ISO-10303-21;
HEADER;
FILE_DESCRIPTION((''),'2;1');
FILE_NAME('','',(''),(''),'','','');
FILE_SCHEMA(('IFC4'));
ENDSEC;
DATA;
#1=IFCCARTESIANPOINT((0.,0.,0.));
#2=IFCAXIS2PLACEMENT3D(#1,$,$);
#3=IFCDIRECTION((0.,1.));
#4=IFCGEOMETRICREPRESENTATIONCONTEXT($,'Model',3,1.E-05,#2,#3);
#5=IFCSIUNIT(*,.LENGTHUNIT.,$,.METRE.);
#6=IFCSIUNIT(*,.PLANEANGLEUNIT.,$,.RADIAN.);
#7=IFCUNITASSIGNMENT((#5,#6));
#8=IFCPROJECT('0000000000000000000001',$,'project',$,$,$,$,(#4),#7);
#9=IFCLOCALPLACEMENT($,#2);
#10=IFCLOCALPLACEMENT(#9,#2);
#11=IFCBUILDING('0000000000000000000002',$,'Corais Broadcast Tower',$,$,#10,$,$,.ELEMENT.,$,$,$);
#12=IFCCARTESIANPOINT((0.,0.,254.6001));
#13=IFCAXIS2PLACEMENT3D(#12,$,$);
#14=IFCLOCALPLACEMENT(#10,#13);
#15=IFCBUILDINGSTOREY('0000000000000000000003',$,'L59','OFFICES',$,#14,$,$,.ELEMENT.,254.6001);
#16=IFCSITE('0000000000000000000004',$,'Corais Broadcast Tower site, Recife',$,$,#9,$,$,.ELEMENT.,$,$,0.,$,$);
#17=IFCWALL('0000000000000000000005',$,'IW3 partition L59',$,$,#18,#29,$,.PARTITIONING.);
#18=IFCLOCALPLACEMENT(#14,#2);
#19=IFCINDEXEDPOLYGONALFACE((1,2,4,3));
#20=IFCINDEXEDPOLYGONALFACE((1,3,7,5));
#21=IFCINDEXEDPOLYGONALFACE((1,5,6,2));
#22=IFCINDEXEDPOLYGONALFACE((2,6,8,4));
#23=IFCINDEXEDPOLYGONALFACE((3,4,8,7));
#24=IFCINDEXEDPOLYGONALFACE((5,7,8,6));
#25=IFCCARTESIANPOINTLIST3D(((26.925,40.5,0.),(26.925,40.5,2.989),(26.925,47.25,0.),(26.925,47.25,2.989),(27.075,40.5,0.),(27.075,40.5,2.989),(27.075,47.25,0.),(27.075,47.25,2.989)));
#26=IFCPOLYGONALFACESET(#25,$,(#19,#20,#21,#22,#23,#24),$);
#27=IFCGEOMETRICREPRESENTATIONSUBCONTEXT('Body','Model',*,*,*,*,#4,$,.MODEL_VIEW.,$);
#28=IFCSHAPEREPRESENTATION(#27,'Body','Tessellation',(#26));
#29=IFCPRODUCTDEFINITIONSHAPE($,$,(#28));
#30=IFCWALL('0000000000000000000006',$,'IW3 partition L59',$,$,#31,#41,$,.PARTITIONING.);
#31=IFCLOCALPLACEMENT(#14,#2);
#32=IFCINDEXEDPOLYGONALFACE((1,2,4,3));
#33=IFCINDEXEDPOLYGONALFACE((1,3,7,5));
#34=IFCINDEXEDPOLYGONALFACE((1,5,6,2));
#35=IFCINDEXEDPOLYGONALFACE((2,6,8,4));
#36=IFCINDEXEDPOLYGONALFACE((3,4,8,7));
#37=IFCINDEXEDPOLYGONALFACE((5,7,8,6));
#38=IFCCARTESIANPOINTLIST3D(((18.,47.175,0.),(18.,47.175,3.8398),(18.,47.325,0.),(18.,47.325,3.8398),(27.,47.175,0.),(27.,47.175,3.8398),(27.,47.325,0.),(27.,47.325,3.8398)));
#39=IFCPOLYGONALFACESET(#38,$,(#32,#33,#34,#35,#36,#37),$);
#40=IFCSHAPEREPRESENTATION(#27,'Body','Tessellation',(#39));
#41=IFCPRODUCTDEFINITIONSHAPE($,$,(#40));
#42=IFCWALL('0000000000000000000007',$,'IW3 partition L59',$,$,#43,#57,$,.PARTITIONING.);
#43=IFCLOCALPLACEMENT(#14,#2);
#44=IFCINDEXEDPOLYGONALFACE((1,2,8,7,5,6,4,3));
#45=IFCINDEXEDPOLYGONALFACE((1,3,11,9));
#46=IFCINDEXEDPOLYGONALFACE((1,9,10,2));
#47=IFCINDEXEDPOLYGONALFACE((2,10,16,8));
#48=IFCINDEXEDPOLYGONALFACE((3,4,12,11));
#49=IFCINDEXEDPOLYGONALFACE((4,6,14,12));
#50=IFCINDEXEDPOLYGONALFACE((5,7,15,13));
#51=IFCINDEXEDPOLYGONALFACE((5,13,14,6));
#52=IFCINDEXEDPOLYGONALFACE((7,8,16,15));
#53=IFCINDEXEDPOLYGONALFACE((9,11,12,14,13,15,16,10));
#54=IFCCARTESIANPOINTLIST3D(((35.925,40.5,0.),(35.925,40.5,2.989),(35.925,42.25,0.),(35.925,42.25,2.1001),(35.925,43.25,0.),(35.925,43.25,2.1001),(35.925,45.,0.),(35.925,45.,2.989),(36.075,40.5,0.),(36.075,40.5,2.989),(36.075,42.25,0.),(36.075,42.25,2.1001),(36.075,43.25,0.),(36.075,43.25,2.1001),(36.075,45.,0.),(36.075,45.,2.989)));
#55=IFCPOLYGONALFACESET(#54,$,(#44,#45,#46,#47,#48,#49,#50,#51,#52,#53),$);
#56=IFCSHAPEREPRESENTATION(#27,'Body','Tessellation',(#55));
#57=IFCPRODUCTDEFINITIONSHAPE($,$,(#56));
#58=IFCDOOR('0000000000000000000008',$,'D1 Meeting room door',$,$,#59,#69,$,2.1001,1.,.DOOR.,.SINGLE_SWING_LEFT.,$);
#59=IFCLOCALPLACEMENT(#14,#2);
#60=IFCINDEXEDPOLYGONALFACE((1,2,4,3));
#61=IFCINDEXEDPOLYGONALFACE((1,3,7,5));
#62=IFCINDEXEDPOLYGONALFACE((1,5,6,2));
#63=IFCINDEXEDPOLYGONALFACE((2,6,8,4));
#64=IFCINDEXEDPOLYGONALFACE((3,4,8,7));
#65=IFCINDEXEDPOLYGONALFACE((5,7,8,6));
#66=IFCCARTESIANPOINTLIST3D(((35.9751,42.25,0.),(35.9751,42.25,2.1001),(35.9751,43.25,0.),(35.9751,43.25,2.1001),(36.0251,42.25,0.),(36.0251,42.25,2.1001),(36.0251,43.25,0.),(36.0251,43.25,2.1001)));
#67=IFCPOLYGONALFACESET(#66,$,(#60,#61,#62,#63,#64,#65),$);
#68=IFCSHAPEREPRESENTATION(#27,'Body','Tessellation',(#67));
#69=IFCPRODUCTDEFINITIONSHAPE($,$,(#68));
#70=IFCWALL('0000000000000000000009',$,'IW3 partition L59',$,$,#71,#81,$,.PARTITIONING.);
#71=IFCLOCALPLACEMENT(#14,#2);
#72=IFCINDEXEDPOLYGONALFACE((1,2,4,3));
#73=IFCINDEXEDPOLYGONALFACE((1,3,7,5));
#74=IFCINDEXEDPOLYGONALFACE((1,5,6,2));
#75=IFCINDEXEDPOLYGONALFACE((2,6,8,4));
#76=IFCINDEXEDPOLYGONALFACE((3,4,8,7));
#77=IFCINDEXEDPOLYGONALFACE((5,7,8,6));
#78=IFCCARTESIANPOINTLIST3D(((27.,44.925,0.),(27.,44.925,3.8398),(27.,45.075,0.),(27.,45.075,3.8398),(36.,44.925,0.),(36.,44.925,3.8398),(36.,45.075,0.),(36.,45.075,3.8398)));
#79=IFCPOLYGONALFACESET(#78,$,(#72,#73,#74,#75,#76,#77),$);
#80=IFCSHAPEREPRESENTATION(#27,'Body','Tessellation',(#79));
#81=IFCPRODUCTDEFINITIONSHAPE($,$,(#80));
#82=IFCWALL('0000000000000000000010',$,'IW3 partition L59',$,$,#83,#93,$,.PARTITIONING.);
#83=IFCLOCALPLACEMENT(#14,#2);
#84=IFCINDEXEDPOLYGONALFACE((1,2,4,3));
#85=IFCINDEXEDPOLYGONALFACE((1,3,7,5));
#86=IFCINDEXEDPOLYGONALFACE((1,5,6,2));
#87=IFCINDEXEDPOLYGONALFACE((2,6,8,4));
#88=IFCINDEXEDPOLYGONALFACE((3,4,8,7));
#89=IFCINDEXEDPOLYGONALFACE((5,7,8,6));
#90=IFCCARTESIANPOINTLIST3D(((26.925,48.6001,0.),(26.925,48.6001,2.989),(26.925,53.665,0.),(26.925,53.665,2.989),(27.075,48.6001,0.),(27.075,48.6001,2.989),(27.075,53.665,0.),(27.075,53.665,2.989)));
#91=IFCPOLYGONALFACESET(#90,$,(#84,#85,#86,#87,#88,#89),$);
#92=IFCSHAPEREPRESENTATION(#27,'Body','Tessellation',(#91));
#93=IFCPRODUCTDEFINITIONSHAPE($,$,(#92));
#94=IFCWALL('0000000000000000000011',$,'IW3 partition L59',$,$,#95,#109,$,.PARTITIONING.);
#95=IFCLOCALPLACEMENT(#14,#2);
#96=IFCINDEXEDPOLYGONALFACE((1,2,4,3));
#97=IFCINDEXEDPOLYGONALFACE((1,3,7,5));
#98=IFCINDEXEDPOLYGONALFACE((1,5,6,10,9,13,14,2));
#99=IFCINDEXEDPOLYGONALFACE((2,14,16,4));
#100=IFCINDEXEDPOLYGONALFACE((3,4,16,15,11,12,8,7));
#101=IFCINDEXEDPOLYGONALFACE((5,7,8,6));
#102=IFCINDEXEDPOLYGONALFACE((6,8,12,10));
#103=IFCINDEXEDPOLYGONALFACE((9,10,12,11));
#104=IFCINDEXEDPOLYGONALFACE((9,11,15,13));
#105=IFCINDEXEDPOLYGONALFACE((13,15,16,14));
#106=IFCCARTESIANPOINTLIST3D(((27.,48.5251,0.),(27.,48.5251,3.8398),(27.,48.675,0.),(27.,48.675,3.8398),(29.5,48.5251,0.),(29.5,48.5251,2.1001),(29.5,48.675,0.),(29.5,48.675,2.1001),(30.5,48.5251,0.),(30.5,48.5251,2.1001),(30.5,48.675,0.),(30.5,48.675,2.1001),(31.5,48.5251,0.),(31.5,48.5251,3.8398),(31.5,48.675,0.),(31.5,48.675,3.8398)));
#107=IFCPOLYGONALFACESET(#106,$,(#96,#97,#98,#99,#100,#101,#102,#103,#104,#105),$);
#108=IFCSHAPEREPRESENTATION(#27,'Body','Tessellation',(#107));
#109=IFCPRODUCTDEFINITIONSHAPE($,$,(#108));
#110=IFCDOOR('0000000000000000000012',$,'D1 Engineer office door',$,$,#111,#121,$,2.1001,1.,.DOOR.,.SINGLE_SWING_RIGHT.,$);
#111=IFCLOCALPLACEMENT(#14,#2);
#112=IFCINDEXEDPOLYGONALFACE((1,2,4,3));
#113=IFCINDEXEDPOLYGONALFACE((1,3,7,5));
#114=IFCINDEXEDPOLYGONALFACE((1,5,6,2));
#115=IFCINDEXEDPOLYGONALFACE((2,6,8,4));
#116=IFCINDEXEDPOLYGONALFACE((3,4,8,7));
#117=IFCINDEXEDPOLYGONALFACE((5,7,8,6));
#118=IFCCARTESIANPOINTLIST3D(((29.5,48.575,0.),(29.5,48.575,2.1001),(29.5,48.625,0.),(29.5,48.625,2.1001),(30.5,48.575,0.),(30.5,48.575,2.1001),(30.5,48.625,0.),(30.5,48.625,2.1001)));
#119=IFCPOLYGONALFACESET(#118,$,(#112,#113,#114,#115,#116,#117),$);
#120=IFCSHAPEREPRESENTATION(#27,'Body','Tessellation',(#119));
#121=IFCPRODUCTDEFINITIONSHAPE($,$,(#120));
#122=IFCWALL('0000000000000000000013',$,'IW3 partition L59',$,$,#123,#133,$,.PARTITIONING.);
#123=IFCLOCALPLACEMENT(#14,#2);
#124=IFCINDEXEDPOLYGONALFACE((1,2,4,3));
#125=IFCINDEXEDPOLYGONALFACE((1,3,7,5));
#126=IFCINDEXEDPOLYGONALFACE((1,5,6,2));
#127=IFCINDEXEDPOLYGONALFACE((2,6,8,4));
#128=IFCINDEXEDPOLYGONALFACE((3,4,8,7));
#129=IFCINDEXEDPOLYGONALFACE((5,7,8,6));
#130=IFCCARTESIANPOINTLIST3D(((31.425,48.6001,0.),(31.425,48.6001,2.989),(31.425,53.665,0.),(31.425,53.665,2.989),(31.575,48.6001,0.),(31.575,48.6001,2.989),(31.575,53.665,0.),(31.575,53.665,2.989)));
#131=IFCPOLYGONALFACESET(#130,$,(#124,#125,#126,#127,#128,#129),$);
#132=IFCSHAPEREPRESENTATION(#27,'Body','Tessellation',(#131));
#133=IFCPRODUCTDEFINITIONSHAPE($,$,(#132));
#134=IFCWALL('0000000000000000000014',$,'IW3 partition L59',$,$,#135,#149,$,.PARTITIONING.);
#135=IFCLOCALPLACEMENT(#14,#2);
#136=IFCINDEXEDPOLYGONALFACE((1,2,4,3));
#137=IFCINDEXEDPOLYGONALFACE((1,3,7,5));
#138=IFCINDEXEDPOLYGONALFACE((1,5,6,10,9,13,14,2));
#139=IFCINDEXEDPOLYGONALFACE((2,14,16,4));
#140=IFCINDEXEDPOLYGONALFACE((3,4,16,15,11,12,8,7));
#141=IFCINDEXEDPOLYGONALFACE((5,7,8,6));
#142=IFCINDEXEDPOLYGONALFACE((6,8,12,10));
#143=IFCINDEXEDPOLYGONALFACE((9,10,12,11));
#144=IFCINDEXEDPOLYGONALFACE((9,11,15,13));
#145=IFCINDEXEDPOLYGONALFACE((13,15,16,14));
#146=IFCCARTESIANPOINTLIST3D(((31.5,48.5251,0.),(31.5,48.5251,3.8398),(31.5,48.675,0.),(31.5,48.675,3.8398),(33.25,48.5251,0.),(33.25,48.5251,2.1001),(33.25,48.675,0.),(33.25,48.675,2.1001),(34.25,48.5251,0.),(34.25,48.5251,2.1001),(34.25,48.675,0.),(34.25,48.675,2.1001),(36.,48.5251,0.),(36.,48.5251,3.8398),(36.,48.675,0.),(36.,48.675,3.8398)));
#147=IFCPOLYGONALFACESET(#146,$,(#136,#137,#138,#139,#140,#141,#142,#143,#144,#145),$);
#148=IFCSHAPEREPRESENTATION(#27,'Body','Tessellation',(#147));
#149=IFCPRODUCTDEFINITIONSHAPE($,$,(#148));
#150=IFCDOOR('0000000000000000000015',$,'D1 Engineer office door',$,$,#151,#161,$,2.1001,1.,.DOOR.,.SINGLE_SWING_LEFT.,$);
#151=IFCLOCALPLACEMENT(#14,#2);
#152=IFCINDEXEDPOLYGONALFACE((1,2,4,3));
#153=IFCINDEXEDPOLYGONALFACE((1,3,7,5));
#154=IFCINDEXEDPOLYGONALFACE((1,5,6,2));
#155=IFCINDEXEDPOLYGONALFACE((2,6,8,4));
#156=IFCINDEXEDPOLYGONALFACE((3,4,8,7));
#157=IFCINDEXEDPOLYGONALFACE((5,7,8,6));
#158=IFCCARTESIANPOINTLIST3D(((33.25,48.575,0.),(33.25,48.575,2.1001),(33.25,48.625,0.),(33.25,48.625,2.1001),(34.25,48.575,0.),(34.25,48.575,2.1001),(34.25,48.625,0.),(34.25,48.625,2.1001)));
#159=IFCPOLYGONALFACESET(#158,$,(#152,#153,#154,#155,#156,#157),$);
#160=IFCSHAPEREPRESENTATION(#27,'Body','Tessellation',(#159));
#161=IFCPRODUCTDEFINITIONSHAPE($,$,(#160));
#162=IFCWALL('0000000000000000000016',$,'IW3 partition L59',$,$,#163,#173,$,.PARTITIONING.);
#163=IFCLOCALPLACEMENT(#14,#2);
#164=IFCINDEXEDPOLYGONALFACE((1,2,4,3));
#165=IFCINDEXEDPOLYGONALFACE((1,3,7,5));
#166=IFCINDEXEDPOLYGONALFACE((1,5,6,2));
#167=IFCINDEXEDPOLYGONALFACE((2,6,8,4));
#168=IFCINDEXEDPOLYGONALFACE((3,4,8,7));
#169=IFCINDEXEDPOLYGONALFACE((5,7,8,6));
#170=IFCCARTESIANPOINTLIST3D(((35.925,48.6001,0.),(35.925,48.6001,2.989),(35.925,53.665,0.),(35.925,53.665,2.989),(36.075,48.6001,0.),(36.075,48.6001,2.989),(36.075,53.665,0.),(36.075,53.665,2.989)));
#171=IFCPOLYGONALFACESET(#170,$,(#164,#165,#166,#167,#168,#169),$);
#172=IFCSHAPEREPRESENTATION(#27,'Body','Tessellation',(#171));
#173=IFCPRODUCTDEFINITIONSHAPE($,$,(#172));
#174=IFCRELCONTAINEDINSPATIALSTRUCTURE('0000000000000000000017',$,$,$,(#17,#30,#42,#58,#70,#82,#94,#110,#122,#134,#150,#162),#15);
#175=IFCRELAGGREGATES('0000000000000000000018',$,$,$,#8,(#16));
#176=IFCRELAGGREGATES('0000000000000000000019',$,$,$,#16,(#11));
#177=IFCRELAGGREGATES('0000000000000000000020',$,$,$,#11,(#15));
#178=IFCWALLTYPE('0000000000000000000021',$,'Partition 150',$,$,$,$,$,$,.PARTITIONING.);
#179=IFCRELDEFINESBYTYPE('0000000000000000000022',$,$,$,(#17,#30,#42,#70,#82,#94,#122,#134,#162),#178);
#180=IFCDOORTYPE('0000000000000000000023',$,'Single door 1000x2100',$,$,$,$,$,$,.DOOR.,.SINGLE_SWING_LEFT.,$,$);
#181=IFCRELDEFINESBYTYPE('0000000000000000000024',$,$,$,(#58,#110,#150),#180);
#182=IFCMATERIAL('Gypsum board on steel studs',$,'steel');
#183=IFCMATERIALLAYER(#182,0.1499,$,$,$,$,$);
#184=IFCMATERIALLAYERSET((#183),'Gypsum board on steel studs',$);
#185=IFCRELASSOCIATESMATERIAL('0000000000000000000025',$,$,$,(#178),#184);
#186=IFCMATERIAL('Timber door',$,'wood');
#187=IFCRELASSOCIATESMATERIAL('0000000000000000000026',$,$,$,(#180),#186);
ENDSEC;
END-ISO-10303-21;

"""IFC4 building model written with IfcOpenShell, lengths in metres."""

from ifc_helpers import new_model, si_unit, direction, frame, frame_2d, origin, place, context, subcontext, project, spatial, rectangle, extrude, material, layer, layer_set, type_object, element, fill, save


model = new_model("IFC4")

# Units and contexts
model_context = context("Model", 3, precision=1e-05, world=origin(), true_north=direction((0.0, 1.0)))
body_context = subcontext(model_context, "Body", "Model", "MODEL_VIEW")
ifc_project = project(units=[si_unit("LENGTHUNIT", "METRE"), si_unit("PLANEANGLEUNIT", "RADIAN")], contexts=[model_context])

# Site, building, storey
site_placement = place(None, origin())
site = spatial("IfcSite", under=ifc_project, at=site_placement, Name="Corais Broadcast Tower site, Recife", CompositionType="ELEMENT", RefElevation=0.0)
building_placement = place(site_placement, origin())
building = spatial("IfcBuilding", under=site, at=building_placement, Name="Corais Broadcast Tower", CompositionType="ELEMENT")
storey_placement = place(building_placement, frame((0.0, 0.0, 254.6001)))
storey = spatial("IfcBuildingStorey", under=building, at=storey_placement, Name="L59", Description="OFFICES", CompositionType="ELEMENT", Elevation=254.6001)

# Shared definitions
ifc_material_1 = material(Name="Gypsum board on steel studs", Category="steel")
ifc_layer_1 = layer(ifc_material_1, 0.1499)
ifc_layer_set_1 = layer_set([ifc_layer_1], Name="Gypsum board on steel studs")
wall_type_1 = type_object("IfcWallType", Name="Partition 150", PredefinedType="PARTITIONING", material=ifc_layer_set_1)
ifc_material_2 = material(Name="Timber door", Category="wood")
door_type = type_object("IfcDoorType", Name="Single door 1000x2100", OperationType="SINGLE_SWING_LEFT", PredefinedType="DOOR", material=ifc_material_2)

# Walls
wall_1_placement = place(storey_placement, frame((27.0, 40.5, 0.0), z_axis=(0.0, 0.0, 1.0), x_axis=(0.0, 1.0, 0.0)))
element("IfcWall", 1, at=wall_1_placement, inside=storey, type_object=wall_type_1, Name="IW3 partition L59", PredefinedType="PARTITIONING", context=body_context, shape_type="SweptSolid", body=[
    extrude(rectangle(XDim=6.75, YDim=0.1499, at=frame_2d((3.375, 0.0))), origin(), (0.0, 0.0, 1.0), 2.989),
])
wall_2_placement = place(storey_placement, frame((27.0, 47.25, 0.0), z_axis=(0.0, 0.0, 1.0), x_axis=(-1.0, 0.0, 0.0)))
element("IfcWall", 2, at=wall_2_placement, inside=storey, type_object=wall_type_1, Name="IW3 partition L59", PredefinedType="PARTITIONING", context=body_context, shape_type="SweptSolid", body=[
    extrude(rectangle(XDim=9.0, YDim=0.1499, at=frame_2d((4.5, 0.0))), origin(), (0.0, 0.0, 1.0), 3.8398),
])

# Wall, opening, door
wall_3_placement = place(storey_placement, frame((36.0, 40.5, 0.0), z_axis=(0.0, 0.0, 1.0), x_axis=(0.0, 1.0, 0.0)))
wall_3 = element("IfcWall", 3, at=wall_3_placement, inside=storey, type_object=wall_type_1, Name="IW3 partition L59", PredefinedType="PARTITIONING", context=body_context, shape_type="SweptSolid", body=[
    extrude(rectangle(XDim=4.5, YDim=0.1499, at=frame_2d((2.25, 0.0))), origin(), (0.0, 0.0, 1.0), 2.989),
])
opening_1_placement = place(wall_3_placement, frame((1.75, 0.0, 0.0)))
opening_1 = element("IfcOpeningElement", 4, at=opening_1_placement, cuts=wall_3, PredefinedType="OPENING", context=body_context, shape_type="SweptSolid", body=[
    extrude(rectangle(XDim=1.0, YDim=2.1001, at=frame_2d((0.5, 1.05))), frame((0.0, 0.085, 0.0), z_axis=(0.0, -1.0, 0.0), x_axis=(1.0, 0.0, 0.0)), (0.0, 0.0, 1.0), 0.1699),
])
door_1_placement = place(opening_1_placement, origin())
door_1 = element("IfcDoor", 5, at=door_1_placement, inside=storey, type_object=door_type, Name="D1 Meeting room door", OperationType="SINGLE_SWING_LEFT", OverallHeight=2.1001, OverallWidth=1.0, PredefinedType="DOOR", context=body_context, shape_type="SweptSolid", body=[
    extrude(rectangle(XDim=1.0, YDim=2.1001, at=frame_2d((0.5, 1.05))), frame((0.0, 0.0249, 0.0), z_axis=(0.0, -1.0, 0.0), x_axis=(1.0, 0.0, 0.0)), (0.0, 0.0, 1.0), 0.05),
])
fill(opening_1, door_1)

# Walls
wall_4_placement = place(storey_placement, frame((36.0, 45.0, 0.0), z_axis=(0.0, 0.0, 1.0), x_axis=(-1.0, 0.0, 0.0)))
element("IfcWall", 6, at=wall_4_placement, inside=storey, type_object=wall_type_1, Name="IW3 partition L59", PredefinedType="PARTITIONING", context=body_context, shape_type="SweptSolid", body=[
    extrude(rectangle(XDim=9.0, YDim=0.1499, at=frame_2d((4.5, 0.0))), origin(), (0.0, 0.0, 1.0), 3.8398),
])
wall_5_placement = place(storey_placement, frame((27.0, 48.6001, 0.0), z_axis=(0.0, 0.0, 1.0), x_axis=(0.0, 1.0, 0.0)))
element("IfcWall", 7, at=wall_5_placement, inside=storey, type_object=wall_type_1, Name="IW3 partition L59", PredefinedType="PARTITIONING", context=body_context, shape_type="SweptSolid", body=[
    extrude(rectangle(XDim=5.0649, YDim=0.1499, at=frame_2d((2.5325, 0.0))), origin(), (0.0, 0.0, 1.0), 2.989),
])

# Wall, opening, door
wall_6_placement = place(storey_placement, frame((27.0, 48.6001, 0.0), z_axis=(0.0, 0.0, 1.0), x_axis=(1.0, 0.0, 0.0)))
wall_6 = element("IfcWall", 8, at=wall_6_placement, inside=storey, type_object=wall_type_1, Name="IW3 partition L59", PredefinedType="PARTITIONING", context=body_context, shape_type="SweptSolid", body=[
    extrude(rectangle(XDim=4.5, YDim=0.1499, at=frame_2d((2.25, 0.0))), origin(), (0.0, 0.0, 1.0), 3.8398),
])
opening_2_placement = place(wall_6_placement, frame((2.5, 0.0, 0.0)))
opening_2 = element("IfcOpeningElement", 9, at=opening_2_placement, cuts=wall_6, PredefinedType="OPENING", context=body_context, shape_type="SweptSolid", body=[
    extrude(rectangle(XDim=1.0, YDim=2.1001, at=frame_2d((0.5, 1.05))), frame((0.0, 0.085, 0.0), z_axis=(0.0, -1.0, 0.0), x_axis=(1.0, 0.0, 0.0)), (0.0, 0.0, 1.0), 0.1699),
])
door_2_placement = place(opening_2_placement, origin())
door_2 = element("IfcDoor", 10, at=door_2_placement, inside=storey, type_object=door_type, Name="D1 Engineer office door", OperationType="SINGLE_SWING_RIGHT", OverallHeight=2.1001, OverallWidth=1.0, PredefinedType="DOOR", context=body_context, shape_type="SweptSolid", body=[
    extrude(rectangle(XDim=1.0, YDim=2.1001, at=frame_2d((0.5, 1.05))), frame((0.0, 0.0249, 0.0), z_axis=(0.0, -1.0, 0.0), x_axis=(1.0, 0.0, 0.0)), (0.0, 0.0, 1.0), 0.05),
])
fill(opening_2, door_2)

# Wall
wall_7_placement = place(storey_placement, frame((31.5, 48.6001, 0.0), z_axis=(0.0, 0.0, 1.0), x_axis=(0.0, 1.0, 0.0)))
element("IfcWall", 11, at=wall_7_placement, inside=storey, type_object=wall_type_1, Name="IW3 partition L59", PredefinedType="PARTITIONING", context=body_context, shape_type="SweptSolid", body=[
    extrude(rectangle(XDim=5.0649, YDim=0.1499, at=frame_2d((2.5325, 0.0))), origin(), (0.0, 0.0, 1.0), 2.989),
])

# Wall, opening, door
wall_8_placement = place(storey_placement, frame((31.5, 48.6001, 0.0), z_axis=(0.0, 0.0, 1.0), x_axis=(1.0, 0.0, 0.0)))
wall_8 = element("IfcWall", 12, at=wall_8_placement, inside=storey, type_object=wall_type_1, Name="IW3 partition L59", PredefinedType="PARTITIONING", context=body_context, shape_type="SweptSolid", body=[
    extrude(rectangle(XDim=4.5, YDim=0.1499, at=frame_2d((2.25, 0.0))), origin(), (0.0, 0.0, 1.0), 3.8398),
])
opening_3_placement = place(wall_8_placement, frame((1.75, 0.0, 0.0)))
opening_3 = element("IfcOpeningElement", 13, at=opening_3_placement, cuts=wall_8, PredefinedType="OPENING", context=body_context, shape_type="SweptSolid", body=[
    extrude(rectangle(XDim=1.0, YDim=2.1001, at=frame_2d((0.5, 1.05))), frame((0.0, 0.085, 0.0), z_axis=(0.0, -1.0, 0.0), x_axis=(1.0, 0.0, 0.0)), (0.0, 0.0, 1.0), 0.1699),
])
door_3_placement = place(opening_3_placement, origin())
door_3 = element("IfcDoor", 14, at=door_3_placement, inside=storey, type_object=door_type, Name="D1 Engineer office door", OperationType="SINGLE_SWING_LEFT", OverallHeight=2.1001, OverallWidth=1.0, PredefinedType="DOOR", context=body_context, shape_type="SweptSolid", body=[
    extrude(rectangle(XDim=1.0, YDim=2.1001, at=frame_2d((0.5, 1.05))), frame((0.0, 0.0249, 0.0), z_axis=(0.0, -1.0, 0.0), x_axis=(1.0, 0.0, 0.0)), (0.0, 0.0, 1.0), 0.05),
])
fill(opening_3, door_3)

# Wall
wall_9_placement = place(storey_placement, frame((36.0, 48.6001, 0.0), z_axis=(0.0, 0.0, 1.0), x_axis=(0.0, 1.0, 0.0)))
element("IfcWall", 15, at=wall_9_placement, inside=storey, type_object=wall_type_1, Name="IW3 partition L59", PredefinedType="PARTITIONING", context=body_context, shape_type="SweptSolid", body=[
    extrude(rectangle(XDim=5.0649, YDim=0.1499, at=frame_2d((2.5325, 0.0))), origin(), (0.0, 0.0, 1.0), 2.989),
])

save(model, "model.ifc")
